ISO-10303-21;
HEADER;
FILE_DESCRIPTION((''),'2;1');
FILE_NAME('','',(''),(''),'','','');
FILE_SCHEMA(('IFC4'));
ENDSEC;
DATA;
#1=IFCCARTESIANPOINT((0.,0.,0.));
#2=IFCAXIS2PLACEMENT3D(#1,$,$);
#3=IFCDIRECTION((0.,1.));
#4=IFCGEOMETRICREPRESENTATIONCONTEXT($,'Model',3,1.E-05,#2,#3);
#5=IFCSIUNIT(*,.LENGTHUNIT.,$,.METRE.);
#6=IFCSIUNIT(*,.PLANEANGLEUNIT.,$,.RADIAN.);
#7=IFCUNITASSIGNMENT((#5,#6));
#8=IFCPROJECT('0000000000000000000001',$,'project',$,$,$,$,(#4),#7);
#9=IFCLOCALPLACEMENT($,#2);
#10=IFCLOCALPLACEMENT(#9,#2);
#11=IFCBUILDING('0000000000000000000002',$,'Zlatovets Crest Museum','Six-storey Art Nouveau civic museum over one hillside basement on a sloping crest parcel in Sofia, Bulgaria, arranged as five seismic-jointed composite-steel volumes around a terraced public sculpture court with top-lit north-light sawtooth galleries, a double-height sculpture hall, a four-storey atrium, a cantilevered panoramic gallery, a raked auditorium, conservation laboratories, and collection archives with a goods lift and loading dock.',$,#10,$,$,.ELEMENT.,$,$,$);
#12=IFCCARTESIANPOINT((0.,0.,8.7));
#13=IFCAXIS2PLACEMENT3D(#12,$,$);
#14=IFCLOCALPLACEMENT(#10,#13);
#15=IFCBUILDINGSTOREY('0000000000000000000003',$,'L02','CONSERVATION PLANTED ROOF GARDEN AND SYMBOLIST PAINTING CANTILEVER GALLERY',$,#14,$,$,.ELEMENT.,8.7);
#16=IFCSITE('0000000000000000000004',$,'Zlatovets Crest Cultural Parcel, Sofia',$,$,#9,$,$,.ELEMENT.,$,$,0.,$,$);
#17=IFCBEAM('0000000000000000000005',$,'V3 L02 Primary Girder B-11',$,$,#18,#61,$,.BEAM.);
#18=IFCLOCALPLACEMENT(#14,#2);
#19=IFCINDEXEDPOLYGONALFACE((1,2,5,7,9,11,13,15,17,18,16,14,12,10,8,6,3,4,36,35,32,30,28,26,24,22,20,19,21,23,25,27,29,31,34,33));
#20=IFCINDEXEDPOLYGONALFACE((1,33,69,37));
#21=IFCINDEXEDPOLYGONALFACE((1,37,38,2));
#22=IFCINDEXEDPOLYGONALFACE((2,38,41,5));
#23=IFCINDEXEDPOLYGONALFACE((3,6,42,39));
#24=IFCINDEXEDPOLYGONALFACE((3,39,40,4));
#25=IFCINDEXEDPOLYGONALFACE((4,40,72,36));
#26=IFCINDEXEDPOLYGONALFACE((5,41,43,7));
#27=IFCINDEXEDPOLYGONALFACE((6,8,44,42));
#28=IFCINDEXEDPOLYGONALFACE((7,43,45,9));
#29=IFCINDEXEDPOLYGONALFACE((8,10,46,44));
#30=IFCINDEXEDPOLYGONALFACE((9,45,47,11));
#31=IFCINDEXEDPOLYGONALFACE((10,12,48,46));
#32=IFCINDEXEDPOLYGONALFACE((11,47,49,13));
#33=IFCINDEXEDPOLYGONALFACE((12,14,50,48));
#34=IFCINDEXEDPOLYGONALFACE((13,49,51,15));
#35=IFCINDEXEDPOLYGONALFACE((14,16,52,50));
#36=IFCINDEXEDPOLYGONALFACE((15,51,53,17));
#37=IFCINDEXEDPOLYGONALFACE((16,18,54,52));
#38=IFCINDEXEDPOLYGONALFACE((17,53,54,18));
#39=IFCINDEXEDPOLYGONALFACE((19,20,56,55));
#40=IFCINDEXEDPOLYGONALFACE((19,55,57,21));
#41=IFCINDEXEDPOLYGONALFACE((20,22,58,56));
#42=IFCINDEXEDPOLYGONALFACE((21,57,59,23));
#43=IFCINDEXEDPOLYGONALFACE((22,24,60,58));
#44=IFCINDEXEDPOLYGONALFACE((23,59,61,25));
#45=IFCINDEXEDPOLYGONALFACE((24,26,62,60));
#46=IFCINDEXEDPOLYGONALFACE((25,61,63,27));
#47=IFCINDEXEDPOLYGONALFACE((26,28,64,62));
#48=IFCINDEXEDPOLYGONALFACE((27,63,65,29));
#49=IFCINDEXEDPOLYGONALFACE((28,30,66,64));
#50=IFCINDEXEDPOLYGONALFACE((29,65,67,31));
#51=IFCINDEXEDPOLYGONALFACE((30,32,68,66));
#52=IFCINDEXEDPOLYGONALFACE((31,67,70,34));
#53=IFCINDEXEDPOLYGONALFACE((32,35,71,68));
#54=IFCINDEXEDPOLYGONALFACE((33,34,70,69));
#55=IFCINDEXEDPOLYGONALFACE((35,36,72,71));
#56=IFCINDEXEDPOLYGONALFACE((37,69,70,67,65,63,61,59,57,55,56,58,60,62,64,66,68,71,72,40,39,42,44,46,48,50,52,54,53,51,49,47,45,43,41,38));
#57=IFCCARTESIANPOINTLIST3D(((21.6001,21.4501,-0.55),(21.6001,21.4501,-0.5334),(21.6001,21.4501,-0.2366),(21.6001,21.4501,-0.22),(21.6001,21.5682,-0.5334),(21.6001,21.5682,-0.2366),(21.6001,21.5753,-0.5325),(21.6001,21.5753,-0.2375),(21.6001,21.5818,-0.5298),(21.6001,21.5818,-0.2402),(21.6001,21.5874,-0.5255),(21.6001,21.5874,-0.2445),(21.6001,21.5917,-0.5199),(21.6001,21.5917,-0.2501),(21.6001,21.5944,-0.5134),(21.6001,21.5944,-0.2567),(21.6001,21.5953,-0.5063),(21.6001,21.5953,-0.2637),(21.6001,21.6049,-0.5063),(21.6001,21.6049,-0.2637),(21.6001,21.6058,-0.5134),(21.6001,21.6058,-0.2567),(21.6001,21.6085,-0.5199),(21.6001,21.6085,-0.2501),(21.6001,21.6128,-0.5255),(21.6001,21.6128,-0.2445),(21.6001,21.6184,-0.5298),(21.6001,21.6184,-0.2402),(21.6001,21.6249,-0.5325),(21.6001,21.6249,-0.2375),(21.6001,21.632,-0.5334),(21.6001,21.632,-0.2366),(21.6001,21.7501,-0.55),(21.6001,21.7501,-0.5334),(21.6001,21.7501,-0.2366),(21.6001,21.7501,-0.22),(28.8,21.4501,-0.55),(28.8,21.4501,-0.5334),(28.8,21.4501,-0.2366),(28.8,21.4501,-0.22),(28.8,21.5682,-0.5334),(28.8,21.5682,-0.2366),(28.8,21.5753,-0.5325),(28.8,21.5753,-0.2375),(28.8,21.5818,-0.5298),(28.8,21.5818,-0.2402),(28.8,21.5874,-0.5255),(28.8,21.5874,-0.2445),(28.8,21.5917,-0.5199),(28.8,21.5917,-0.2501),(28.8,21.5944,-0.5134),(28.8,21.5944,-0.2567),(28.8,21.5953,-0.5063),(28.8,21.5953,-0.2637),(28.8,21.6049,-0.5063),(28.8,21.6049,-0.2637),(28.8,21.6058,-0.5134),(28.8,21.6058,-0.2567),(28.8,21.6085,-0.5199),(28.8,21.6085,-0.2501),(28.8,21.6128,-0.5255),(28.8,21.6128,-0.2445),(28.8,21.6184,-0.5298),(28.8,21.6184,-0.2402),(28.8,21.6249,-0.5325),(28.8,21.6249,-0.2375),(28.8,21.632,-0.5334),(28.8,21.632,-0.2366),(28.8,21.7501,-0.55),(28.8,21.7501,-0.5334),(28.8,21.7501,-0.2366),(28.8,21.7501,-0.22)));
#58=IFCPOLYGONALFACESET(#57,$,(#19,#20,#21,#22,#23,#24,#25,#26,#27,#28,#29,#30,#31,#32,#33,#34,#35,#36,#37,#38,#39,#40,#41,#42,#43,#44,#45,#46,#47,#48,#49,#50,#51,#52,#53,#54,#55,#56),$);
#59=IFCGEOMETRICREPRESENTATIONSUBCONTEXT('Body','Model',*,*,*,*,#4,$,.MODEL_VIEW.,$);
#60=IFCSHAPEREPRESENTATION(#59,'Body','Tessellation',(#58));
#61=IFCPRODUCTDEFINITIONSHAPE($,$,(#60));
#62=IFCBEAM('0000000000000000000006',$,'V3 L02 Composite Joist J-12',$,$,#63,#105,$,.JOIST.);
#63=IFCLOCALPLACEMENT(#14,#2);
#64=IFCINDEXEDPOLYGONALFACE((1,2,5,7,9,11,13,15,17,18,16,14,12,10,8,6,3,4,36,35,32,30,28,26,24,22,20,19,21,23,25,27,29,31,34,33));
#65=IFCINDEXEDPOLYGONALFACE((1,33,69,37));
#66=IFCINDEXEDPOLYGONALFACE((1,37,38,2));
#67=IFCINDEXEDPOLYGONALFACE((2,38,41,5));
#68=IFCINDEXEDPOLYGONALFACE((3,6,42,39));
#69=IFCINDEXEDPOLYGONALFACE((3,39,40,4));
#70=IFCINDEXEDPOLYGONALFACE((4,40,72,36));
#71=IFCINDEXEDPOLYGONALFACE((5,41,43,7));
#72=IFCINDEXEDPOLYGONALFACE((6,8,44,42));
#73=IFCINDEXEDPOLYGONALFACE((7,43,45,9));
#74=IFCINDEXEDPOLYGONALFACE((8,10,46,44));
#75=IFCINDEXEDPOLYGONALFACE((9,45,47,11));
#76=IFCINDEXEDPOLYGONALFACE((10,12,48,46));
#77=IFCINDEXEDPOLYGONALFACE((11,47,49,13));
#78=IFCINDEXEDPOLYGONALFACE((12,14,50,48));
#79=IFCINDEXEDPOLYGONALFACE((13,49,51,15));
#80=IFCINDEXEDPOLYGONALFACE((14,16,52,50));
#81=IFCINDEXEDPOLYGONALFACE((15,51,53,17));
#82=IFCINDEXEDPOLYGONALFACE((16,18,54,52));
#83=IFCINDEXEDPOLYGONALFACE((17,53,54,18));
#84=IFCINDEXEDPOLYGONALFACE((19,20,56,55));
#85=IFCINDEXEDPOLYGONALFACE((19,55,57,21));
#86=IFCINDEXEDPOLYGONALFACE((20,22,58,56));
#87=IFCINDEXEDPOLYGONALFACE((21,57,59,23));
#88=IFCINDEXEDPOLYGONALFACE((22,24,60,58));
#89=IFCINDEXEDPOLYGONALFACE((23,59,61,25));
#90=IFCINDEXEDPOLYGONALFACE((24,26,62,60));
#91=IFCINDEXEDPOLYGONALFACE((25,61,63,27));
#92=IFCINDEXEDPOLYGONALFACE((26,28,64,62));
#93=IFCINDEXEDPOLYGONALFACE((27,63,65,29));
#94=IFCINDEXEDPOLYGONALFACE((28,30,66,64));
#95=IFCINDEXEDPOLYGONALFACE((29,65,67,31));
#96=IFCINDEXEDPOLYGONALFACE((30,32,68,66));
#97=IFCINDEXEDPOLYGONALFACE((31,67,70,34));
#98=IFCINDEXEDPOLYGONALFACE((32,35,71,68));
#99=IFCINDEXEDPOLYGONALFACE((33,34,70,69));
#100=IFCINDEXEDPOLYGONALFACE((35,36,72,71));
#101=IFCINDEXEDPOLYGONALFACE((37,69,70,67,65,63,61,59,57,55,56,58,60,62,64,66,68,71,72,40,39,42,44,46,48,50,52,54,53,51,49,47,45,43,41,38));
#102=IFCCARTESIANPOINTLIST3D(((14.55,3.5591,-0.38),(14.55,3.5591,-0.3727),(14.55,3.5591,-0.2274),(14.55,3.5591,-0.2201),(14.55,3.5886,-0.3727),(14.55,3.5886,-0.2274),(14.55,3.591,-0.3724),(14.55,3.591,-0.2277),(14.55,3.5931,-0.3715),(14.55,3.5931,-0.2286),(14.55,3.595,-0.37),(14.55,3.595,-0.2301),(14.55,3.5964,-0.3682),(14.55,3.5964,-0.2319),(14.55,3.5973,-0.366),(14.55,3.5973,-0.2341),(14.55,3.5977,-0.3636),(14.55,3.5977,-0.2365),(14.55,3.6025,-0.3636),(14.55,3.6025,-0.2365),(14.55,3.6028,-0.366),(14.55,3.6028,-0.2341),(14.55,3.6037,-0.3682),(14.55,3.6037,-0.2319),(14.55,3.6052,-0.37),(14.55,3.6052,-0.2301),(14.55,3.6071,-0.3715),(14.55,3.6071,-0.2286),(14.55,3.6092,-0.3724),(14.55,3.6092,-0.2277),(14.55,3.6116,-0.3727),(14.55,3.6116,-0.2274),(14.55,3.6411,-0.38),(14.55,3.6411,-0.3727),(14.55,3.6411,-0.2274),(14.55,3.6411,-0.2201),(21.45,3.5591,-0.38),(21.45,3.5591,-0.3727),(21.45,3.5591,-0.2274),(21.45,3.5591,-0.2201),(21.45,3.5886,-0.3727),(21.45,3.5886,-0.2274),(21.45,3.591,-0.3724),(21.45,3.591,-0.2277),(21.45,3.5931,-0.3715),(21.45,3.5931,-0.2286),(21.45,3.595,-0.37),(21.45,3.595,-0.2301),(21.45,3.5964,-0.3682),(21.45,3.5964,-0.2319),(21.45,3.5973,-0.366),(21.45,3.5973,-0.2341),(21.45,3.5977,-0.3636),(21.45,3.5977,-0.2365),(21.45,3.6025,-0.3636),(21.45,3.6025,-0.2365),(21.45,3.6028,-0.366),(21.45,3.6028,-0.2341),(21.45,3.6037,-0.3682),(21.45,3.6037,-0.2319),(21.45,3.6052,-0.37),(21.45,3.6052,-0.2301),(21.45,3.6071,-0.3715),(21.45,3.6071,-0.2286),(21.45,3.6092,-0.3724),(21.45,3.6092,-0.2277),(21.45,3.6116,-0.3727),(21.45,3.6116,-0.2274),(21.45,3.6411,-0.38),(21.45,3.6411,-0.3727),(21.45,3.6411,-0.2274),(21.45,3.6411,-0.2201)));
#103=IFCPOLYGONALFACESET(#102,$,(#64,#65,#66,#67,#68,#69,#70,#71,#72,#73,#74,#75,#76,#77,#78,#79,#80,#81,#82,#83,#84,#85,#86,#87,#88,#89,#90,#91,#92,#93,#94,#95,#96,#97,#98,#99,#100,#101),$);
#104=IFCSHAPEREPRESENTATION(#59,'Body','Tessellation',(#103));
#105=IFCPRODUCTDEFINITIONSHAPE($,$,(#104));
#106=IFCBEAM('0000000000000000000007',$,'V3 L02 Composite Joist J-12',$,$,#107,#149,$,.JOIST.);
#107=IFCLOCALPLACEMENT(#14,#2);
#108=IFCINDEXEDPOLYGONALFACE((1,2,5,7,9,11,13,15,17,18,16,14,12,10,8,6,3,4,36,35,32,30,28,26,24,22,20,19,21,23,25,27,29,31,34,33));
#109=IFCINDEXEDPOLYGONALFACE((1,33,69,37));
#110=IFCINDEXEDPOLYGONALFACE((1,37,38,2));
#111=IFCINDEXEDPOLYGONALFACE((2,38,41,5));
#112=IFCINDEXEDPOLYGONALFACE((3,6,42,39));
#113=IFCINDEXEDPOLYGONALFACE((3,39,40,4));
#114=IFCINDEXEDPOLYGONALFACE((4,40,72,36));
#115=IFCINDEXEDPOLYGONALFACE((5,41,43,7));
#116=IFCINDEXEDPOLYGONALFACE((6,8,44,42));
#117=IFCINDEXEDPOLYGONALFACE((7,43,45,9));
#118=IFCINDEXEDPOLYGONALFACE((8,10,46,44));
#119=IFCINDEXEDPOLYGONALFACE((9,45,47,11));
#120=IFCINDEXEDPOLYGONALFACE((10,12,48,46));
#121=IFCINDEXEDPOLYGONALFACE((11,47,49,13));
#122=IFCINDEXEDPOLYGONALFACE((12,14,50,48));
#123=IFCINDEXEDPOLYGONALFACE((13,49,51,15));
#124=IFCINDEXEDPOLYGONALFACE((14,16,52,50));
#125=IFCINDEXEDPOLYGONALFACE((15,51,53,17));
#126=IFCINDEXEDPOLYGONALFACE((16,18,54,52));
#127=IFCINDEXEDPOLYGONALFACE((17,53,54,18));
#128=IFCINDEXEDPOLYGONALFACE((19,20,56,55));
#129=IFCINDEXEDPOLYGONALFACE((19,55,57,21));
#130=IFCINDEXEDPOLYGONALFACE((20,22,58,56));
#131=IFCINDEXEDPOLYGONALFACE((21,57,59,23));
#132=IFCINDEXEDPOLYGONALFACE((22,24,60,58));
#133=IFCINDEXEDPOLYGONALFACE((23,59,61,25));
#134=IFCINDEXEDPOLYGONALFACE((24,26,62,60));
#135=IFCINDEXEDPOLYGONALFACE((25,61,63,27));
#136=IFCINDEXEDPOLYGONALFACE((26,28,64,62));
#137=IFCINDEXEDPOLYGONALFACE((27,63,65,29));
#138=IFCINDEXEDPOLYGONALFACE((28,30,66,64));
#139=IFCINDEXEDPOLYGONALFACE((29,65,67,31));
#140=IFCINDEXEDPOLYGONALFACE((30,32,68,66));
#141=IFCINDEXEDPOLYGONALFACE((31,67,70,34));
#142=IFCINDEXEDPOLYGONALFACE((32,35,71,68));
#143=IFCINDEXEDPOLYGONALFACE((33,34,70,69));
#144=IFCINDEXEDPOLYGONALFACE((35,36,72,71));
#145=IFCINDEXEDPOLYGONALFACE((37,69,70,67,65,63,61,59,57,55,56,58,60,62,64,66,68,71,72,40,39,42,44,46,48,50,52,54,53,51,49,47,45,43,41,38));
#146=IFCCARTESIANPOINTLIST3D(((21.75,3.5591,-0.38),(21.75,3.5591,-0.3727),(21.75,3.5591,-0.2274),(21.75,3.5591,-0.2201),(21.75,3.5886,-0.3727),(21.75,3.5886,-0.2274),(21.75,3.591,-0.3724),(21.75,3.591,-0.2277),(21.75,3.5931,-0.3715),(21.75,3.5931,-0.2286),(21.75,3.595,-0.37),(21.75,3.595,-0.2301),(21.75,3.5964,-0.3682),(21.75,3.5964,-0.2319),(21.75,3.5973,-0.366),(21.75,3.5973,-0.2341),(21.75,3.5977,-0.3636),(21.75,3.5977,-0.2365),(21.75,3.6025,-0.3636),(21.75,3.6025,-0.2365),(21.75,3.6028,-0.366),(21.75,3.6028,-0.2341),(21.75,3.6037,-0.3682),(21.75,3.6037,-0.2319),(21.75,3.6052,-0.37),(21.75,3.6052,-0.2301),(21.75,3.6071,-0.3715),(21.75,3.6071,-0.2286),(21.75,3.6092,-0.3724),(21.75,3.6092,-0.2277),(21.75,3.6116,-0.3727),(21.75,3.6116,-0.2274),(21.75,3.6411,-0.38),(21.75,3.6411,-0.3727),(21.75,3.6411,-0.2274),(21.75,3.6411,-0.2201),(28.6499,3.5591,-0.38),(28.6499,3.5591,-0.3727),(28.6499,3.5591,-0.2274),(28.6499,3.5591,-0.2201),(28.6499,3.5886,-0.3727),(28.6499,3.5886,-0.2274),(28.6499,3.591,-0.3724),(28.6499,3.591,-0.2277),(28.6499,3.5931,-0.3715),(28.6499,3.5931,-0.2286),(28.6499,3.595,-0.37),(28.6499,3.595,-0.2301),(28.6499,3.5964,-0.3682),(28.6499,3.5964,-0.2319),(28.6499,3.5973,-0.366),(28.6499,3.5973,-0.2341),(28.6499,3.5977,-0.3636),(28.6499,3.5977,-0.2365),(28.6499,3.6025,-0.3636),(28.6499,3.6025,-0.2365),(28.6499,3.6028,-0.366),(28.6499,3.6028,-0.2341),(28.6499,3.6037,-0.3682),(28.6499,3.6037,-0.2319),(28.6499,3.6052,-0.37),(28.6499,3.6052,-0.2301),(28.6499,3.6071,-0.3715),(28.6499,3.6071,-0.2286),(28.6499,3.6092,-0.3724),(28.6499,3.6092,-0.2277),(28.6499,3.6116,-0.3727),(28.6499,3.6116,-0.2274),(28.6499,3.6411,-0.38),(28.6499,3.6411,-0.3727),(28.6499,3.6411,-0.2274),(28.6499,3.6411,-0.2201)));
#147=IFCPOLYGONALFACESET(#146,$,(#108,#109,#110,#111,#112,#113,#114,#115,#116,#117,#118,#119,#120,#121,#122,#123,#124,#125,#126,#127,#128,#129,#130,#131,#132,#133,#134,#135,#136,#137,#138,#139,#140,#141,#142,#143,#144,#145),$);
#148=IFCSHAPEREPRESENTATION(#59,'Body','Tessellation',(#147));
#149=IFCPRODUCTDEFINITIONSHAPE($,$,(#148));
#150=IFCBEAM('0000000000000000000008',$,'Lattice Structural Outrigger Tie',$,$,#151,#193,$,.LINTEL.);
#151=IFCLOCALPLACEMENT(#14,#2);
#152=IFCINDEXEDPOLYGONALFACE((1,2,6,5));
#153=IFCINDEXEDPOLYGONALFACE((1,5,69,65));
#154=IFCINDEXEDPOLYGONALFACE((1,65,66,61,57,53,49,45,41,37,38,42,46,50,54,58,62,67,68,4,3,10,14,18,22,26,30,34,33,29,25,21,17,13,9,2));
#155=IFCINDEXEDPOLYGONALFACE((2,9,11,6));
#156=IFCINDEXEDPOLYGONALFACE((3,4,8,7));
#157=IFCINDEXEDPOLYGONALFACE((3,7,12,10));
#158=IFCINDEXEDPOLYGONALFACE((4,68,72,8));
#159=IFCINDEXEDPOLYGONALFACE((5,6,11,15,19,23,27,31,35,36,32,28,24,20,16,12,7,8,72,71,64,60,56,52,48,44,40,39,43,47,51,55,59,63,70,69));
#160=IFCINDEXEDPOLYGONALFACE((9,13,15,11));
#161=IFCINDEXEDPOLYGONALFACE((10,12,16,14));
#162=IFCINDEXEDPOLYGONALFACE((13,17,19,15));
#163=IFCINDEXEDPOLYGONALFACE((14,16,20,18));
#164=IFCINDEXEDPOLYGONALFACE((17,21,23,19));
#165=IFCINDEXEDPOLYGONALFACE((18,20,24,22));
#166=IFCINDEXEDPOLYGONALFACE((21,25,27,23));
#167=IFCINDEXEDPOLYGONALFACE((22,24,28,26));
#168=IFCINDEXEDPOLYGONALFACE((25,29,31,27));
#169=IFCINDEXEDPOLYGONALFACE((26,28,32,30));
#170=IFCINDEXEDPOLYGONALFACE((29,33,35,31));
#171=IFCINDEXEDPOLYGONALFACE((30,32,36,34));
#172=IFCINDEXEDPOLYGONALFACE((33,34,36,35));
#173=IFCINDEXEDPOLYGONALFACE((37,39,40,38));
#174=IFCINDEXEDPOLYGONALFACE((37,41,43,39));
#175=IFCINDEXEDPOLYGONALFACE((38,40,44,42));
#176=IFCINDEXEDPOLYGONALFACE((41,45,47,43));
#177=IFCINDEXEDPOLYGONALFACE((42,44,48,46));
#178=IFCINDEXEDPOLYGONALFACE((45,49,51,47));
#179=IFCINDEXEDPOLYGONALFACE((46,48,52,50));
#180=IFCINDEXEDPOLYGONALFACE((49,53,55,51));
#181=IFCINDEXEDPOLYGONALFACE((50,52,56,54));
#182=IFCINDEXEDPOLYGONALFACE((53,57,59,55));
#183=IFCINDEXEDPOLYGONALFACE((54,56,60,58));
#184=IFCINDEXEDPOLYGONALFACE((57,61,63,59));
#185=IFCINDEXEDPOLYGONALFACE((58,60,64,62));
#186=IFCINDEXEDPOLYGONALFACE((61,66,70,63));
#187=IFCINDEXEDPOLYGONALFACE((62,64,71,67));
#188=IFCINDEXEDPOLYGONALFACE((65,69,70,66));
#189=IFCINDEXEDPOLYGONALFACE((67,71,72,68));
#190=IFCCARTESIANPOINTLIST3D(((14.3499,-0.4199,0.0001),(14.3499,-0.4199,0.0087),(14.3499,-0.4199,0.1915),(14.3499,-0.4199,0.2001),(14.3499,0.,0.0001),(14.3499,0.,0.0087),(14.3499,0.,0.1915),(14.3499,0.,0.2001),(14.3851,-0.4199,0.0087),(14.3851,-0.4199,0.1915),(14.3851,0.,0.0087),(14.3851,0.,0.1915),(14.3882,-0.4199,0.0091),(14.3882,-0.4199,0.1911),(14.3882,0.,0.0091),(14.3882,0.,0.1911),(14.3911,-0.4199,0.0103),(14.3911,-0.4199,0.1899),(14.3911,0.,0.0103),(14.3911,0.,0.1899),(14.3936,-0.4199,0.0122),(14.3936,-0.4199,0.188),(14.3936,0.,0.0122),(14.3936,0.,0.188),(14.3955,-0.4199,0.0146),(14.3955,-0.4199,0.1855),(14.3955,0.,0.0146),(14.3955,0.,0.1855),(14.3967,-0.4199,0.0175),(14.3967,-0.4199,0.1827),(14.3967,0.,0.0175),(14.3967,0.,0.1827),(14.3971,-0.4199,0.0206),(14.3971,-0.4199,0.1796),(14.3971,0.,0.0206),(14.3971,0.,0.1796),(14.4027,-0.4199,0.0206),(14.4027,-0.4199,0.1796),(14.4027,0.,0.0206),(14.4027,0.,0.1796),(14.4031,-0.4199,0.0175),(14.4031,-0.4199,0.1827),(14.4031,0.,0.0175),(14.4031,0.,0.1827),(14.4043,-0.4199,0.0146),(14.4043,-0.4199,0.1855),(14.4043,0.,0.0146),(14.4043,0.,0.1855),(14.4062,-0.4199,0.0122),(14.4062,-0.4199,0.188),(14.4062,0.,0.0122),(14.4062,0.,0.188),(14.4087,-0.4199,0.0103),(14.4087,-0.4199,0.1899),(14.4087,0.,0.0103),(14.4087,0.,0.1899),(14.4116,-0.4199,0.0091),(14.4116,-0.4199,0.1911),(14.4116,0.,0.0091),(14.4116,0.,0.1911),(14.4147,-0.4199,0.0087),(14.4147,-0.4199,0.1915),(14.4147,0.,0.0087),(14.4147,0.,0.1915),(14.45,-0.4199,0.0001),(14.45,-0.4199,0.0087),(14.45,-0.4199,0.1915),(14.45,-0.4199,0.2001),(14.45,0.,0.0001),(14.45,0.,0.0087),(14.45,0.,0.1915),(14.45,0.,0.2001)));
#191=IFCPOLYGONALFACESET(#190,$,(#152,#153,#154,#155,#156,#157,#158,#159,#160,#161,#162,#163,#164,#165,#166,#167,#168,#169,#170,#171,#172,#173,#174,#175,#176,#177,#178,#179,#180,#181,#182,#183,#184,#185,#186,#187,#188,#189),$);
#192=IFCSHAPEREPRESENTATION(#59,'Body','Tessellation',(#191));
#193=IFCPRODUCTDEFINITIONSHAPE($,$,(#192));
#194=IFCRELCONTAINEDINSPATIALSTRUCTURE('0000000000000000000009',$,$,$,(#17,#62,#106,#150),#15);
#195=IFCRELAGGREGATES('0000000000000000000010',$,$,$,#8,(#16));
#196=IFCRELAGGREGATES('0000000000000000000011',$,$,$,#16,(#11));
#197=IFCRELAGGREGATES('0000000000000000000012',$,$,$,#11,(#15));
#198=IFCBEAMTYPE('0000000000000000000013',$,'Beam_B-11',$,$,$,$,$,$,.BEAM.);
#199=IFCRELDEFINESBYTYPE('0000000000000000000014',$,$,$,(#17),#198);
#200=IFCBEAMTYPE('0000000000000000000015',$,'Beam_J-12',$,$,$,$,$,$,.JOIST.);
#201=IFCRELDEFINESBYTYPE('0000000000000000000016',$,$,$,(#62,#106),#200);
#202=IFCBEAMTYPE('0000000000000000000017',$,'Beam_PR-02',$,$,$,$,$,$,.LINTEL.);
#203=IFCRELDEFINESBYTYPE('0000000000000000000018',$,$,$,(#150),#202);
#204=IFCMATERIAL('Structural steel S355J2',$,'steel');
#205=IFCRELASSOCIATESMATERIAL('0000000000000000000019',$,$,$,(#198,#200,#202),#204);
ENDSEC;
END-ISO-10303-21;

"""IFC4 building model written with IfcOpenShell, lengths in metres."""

from ifc_helpers import new_model, si_unit, direction, frame, origin, origin_2d, place, context, subcontext, project, spatial, i_section, extrude, material, material_profile, profile_set, type_object, element, save


model = new_model("IFC4")

# Units and contexts
model_context = context("Model", 3, precision=1e-05, world=origin(), true_north=direction((0.0, 1.0)))
body_context = subcontext(model_context, "Body", "Model", "MODEL_VIEW")
ifc_project = project(units=[si_unit("LENGTHUNIT", "METRE"), si_unit("PLANEANGLEUNIT", "RADIAN")], contexts=[model_context])

# Site, building, storey
site_placement = place(None, origin())
site = spatial("IfcSite", under=ifc_project, at=site_placement, Name="Zlatovets Crest Cultural Parcel, Sofia", CompositionType="ELEMENT", RefElevation=0.0)
building_placement = place(site_placement, origin())
building = spatial("IfcBuilding", under=site, at=building_placement, Name="Zlatovets Crest Museum", Description="Six-storey Art Nouveau civic museum over one hillside basement on a sloping crest parcel in Sofia, Bulgaria, arranged as five seismic-jointed composite-steel volumes around a terraced public sculpture court with top-lit north-light sawtooth galleries, a double-height sculpture hall, a four-storey atrium, a cantilevered panoramic gallery, a raked auditorium, conservation laboratories, and collection archives with a goods lift and loading dock.", CompositionType="ELEMENT")
storey_placement = place(building_placement, frame((0.0, 0.0, 8.7)))
storey = spatial("IfcBuildingStorey", under=building, at=storey_placement, Name="L02", Description="CONSERVATION PLANTED ROOF GARDEN AND SYMBOLIST PAINTING CANTILEVER GALLERY", CompositionType="ELEMENT", Elevation=8.7)

# Shared definitions
ifc_material_1 = material(Name="Structural steel S355J2", Category="steel")

# Beams
ifc_material_profile_1 = material_profile(ifc_material_1, i_section(OverallWidth=0.3, OverallDepth=0.3301, WebThickness=0.0095, FlangeThickness=0.0166, FilletRadius=0.0271, at=origin_2d()), Name="HEA 340")
ifc_profile_set_1 = profile_set([ifc_material_profile_1], Name="Structural steel S355J2")
beam_type_1 = type_object("IfcBeamType", Name="Beam_B-11", PredefinedType="BEAM", material=ifc_profile_set_1)
beam_1_placement = place(storey_placement, frame((21.6001, 21.6001, -0.385), z_axis=(1.0, 0.0, 0.0), x_axis=(0.0, 1.0, 0.0)))
element("IfcBeam", 1, at=beam_1_placement, inside=storey, type_object=beam_type_1, Name="V3 L02 Primary Girder B-11", PredefinedType="BEAM", context=body_context, shape_type="SweptSolid", body=[
    extrude(i_section(OverallWidth=0.3, OverallDepth=0.3301, WebThickness=0.0095, FlangeThickness=0.0166, FilletRadius=0.0271, at=origin_2d()), origin(), (0.0, 0.0, 1.0), 7.2),
])
ifc_material_profile_2 = material_profile(ifc_material_1, i_section(OverallWidth=0.082, OverallDepth=0.1599, WebThickness=0.0049, FlangeThickness=0.0073, FilletRadius=0.009, at=origin_2d()), Name="IPE 160")
ifc_profile_set_2 = profile_set([ifc_material_profile_2], Name="Structural steel S355J2")
beam_type_2 = type_object("IfcBeamType", Name="Beam_J-12", PredefinedType="JOIST", material=ifc_profile_set_2)
for number, where, z_axis, x_axis, name in (
    (2, (14.55, 3.6001, -0.3), (1.0, 0.0, 0.0), (0.0, 1.0, 0.0), "V3 L02 Composite Joist J-12"),
    (3, (21.75, 3.6001, -0.3), (1.0, 0.0, 0.0), (0.0, 1.0, 0.0), "V3 L02 Composite Joist J-12"),
):
    element("IfcBeam", number, at=place(storey_placement, frame(where, z_axis=z_axis, x_axis=x_axis)), inside=storey, type_object=beam_type_2, Name=name, PredefinedType="JOIST", context=body_context, shape_type="SweptSolid", body=[
        extrude(i_section(OverallWidth=0.082, OverallDepth=0.1599, WebThickness=0.0049, FlangeThickness=0.0073, FilletRadius=0.009, at=origin_2d()), origin(), (0.0, 0.0, 1.0), 6.8999),
    ])
ifc_material_profile_3 = material_profile(ifc_material_1, i_section(OverallWidth=0.1001, OverallDepth=0.2, WebThickness=0.0056, FlangeThickness=0.0085, FilletRadius=0.012, at=origin_2d()), Name="IPE 200")
ifc_profile_set_3 = profile_set([ifc_material_profile_3], Name="Structural steel S355J2")
beam_type_3 = type_object("IfcBeamType", Name="Beam_PR-02", PredefinedType="LINTEL", material=ifc_profile_set_3)
for number, where, z_axis, x_axis, name in (
    (4, (14.3999, 0.0, 0.1001), (0.0, -1.0, 0.0), (1.0, 0.0, 0.0), "Lattice Structural Outrigger Tie"),
):
    element("IfcBeam", number, at=place(storey_placement, frame(where, z_axis=z_axis, x_axis=x_axis)), inside=storey, type_object=beam_type_3, Name=name, PredefinedType="LINTEL", context=body_context, shape_type="SweptSolid", body=[
        extrude(i_section(OverallWidth=0.1001, OverallDepth=0.2, WebThickness=0.0056, FlangeThickness=0.0085, FilletRadius=0.012, at=origin_2d()), origin(), (0.0, 0.0, 1.0), 0.4199),
    ])

save(model, "model.ifc")
